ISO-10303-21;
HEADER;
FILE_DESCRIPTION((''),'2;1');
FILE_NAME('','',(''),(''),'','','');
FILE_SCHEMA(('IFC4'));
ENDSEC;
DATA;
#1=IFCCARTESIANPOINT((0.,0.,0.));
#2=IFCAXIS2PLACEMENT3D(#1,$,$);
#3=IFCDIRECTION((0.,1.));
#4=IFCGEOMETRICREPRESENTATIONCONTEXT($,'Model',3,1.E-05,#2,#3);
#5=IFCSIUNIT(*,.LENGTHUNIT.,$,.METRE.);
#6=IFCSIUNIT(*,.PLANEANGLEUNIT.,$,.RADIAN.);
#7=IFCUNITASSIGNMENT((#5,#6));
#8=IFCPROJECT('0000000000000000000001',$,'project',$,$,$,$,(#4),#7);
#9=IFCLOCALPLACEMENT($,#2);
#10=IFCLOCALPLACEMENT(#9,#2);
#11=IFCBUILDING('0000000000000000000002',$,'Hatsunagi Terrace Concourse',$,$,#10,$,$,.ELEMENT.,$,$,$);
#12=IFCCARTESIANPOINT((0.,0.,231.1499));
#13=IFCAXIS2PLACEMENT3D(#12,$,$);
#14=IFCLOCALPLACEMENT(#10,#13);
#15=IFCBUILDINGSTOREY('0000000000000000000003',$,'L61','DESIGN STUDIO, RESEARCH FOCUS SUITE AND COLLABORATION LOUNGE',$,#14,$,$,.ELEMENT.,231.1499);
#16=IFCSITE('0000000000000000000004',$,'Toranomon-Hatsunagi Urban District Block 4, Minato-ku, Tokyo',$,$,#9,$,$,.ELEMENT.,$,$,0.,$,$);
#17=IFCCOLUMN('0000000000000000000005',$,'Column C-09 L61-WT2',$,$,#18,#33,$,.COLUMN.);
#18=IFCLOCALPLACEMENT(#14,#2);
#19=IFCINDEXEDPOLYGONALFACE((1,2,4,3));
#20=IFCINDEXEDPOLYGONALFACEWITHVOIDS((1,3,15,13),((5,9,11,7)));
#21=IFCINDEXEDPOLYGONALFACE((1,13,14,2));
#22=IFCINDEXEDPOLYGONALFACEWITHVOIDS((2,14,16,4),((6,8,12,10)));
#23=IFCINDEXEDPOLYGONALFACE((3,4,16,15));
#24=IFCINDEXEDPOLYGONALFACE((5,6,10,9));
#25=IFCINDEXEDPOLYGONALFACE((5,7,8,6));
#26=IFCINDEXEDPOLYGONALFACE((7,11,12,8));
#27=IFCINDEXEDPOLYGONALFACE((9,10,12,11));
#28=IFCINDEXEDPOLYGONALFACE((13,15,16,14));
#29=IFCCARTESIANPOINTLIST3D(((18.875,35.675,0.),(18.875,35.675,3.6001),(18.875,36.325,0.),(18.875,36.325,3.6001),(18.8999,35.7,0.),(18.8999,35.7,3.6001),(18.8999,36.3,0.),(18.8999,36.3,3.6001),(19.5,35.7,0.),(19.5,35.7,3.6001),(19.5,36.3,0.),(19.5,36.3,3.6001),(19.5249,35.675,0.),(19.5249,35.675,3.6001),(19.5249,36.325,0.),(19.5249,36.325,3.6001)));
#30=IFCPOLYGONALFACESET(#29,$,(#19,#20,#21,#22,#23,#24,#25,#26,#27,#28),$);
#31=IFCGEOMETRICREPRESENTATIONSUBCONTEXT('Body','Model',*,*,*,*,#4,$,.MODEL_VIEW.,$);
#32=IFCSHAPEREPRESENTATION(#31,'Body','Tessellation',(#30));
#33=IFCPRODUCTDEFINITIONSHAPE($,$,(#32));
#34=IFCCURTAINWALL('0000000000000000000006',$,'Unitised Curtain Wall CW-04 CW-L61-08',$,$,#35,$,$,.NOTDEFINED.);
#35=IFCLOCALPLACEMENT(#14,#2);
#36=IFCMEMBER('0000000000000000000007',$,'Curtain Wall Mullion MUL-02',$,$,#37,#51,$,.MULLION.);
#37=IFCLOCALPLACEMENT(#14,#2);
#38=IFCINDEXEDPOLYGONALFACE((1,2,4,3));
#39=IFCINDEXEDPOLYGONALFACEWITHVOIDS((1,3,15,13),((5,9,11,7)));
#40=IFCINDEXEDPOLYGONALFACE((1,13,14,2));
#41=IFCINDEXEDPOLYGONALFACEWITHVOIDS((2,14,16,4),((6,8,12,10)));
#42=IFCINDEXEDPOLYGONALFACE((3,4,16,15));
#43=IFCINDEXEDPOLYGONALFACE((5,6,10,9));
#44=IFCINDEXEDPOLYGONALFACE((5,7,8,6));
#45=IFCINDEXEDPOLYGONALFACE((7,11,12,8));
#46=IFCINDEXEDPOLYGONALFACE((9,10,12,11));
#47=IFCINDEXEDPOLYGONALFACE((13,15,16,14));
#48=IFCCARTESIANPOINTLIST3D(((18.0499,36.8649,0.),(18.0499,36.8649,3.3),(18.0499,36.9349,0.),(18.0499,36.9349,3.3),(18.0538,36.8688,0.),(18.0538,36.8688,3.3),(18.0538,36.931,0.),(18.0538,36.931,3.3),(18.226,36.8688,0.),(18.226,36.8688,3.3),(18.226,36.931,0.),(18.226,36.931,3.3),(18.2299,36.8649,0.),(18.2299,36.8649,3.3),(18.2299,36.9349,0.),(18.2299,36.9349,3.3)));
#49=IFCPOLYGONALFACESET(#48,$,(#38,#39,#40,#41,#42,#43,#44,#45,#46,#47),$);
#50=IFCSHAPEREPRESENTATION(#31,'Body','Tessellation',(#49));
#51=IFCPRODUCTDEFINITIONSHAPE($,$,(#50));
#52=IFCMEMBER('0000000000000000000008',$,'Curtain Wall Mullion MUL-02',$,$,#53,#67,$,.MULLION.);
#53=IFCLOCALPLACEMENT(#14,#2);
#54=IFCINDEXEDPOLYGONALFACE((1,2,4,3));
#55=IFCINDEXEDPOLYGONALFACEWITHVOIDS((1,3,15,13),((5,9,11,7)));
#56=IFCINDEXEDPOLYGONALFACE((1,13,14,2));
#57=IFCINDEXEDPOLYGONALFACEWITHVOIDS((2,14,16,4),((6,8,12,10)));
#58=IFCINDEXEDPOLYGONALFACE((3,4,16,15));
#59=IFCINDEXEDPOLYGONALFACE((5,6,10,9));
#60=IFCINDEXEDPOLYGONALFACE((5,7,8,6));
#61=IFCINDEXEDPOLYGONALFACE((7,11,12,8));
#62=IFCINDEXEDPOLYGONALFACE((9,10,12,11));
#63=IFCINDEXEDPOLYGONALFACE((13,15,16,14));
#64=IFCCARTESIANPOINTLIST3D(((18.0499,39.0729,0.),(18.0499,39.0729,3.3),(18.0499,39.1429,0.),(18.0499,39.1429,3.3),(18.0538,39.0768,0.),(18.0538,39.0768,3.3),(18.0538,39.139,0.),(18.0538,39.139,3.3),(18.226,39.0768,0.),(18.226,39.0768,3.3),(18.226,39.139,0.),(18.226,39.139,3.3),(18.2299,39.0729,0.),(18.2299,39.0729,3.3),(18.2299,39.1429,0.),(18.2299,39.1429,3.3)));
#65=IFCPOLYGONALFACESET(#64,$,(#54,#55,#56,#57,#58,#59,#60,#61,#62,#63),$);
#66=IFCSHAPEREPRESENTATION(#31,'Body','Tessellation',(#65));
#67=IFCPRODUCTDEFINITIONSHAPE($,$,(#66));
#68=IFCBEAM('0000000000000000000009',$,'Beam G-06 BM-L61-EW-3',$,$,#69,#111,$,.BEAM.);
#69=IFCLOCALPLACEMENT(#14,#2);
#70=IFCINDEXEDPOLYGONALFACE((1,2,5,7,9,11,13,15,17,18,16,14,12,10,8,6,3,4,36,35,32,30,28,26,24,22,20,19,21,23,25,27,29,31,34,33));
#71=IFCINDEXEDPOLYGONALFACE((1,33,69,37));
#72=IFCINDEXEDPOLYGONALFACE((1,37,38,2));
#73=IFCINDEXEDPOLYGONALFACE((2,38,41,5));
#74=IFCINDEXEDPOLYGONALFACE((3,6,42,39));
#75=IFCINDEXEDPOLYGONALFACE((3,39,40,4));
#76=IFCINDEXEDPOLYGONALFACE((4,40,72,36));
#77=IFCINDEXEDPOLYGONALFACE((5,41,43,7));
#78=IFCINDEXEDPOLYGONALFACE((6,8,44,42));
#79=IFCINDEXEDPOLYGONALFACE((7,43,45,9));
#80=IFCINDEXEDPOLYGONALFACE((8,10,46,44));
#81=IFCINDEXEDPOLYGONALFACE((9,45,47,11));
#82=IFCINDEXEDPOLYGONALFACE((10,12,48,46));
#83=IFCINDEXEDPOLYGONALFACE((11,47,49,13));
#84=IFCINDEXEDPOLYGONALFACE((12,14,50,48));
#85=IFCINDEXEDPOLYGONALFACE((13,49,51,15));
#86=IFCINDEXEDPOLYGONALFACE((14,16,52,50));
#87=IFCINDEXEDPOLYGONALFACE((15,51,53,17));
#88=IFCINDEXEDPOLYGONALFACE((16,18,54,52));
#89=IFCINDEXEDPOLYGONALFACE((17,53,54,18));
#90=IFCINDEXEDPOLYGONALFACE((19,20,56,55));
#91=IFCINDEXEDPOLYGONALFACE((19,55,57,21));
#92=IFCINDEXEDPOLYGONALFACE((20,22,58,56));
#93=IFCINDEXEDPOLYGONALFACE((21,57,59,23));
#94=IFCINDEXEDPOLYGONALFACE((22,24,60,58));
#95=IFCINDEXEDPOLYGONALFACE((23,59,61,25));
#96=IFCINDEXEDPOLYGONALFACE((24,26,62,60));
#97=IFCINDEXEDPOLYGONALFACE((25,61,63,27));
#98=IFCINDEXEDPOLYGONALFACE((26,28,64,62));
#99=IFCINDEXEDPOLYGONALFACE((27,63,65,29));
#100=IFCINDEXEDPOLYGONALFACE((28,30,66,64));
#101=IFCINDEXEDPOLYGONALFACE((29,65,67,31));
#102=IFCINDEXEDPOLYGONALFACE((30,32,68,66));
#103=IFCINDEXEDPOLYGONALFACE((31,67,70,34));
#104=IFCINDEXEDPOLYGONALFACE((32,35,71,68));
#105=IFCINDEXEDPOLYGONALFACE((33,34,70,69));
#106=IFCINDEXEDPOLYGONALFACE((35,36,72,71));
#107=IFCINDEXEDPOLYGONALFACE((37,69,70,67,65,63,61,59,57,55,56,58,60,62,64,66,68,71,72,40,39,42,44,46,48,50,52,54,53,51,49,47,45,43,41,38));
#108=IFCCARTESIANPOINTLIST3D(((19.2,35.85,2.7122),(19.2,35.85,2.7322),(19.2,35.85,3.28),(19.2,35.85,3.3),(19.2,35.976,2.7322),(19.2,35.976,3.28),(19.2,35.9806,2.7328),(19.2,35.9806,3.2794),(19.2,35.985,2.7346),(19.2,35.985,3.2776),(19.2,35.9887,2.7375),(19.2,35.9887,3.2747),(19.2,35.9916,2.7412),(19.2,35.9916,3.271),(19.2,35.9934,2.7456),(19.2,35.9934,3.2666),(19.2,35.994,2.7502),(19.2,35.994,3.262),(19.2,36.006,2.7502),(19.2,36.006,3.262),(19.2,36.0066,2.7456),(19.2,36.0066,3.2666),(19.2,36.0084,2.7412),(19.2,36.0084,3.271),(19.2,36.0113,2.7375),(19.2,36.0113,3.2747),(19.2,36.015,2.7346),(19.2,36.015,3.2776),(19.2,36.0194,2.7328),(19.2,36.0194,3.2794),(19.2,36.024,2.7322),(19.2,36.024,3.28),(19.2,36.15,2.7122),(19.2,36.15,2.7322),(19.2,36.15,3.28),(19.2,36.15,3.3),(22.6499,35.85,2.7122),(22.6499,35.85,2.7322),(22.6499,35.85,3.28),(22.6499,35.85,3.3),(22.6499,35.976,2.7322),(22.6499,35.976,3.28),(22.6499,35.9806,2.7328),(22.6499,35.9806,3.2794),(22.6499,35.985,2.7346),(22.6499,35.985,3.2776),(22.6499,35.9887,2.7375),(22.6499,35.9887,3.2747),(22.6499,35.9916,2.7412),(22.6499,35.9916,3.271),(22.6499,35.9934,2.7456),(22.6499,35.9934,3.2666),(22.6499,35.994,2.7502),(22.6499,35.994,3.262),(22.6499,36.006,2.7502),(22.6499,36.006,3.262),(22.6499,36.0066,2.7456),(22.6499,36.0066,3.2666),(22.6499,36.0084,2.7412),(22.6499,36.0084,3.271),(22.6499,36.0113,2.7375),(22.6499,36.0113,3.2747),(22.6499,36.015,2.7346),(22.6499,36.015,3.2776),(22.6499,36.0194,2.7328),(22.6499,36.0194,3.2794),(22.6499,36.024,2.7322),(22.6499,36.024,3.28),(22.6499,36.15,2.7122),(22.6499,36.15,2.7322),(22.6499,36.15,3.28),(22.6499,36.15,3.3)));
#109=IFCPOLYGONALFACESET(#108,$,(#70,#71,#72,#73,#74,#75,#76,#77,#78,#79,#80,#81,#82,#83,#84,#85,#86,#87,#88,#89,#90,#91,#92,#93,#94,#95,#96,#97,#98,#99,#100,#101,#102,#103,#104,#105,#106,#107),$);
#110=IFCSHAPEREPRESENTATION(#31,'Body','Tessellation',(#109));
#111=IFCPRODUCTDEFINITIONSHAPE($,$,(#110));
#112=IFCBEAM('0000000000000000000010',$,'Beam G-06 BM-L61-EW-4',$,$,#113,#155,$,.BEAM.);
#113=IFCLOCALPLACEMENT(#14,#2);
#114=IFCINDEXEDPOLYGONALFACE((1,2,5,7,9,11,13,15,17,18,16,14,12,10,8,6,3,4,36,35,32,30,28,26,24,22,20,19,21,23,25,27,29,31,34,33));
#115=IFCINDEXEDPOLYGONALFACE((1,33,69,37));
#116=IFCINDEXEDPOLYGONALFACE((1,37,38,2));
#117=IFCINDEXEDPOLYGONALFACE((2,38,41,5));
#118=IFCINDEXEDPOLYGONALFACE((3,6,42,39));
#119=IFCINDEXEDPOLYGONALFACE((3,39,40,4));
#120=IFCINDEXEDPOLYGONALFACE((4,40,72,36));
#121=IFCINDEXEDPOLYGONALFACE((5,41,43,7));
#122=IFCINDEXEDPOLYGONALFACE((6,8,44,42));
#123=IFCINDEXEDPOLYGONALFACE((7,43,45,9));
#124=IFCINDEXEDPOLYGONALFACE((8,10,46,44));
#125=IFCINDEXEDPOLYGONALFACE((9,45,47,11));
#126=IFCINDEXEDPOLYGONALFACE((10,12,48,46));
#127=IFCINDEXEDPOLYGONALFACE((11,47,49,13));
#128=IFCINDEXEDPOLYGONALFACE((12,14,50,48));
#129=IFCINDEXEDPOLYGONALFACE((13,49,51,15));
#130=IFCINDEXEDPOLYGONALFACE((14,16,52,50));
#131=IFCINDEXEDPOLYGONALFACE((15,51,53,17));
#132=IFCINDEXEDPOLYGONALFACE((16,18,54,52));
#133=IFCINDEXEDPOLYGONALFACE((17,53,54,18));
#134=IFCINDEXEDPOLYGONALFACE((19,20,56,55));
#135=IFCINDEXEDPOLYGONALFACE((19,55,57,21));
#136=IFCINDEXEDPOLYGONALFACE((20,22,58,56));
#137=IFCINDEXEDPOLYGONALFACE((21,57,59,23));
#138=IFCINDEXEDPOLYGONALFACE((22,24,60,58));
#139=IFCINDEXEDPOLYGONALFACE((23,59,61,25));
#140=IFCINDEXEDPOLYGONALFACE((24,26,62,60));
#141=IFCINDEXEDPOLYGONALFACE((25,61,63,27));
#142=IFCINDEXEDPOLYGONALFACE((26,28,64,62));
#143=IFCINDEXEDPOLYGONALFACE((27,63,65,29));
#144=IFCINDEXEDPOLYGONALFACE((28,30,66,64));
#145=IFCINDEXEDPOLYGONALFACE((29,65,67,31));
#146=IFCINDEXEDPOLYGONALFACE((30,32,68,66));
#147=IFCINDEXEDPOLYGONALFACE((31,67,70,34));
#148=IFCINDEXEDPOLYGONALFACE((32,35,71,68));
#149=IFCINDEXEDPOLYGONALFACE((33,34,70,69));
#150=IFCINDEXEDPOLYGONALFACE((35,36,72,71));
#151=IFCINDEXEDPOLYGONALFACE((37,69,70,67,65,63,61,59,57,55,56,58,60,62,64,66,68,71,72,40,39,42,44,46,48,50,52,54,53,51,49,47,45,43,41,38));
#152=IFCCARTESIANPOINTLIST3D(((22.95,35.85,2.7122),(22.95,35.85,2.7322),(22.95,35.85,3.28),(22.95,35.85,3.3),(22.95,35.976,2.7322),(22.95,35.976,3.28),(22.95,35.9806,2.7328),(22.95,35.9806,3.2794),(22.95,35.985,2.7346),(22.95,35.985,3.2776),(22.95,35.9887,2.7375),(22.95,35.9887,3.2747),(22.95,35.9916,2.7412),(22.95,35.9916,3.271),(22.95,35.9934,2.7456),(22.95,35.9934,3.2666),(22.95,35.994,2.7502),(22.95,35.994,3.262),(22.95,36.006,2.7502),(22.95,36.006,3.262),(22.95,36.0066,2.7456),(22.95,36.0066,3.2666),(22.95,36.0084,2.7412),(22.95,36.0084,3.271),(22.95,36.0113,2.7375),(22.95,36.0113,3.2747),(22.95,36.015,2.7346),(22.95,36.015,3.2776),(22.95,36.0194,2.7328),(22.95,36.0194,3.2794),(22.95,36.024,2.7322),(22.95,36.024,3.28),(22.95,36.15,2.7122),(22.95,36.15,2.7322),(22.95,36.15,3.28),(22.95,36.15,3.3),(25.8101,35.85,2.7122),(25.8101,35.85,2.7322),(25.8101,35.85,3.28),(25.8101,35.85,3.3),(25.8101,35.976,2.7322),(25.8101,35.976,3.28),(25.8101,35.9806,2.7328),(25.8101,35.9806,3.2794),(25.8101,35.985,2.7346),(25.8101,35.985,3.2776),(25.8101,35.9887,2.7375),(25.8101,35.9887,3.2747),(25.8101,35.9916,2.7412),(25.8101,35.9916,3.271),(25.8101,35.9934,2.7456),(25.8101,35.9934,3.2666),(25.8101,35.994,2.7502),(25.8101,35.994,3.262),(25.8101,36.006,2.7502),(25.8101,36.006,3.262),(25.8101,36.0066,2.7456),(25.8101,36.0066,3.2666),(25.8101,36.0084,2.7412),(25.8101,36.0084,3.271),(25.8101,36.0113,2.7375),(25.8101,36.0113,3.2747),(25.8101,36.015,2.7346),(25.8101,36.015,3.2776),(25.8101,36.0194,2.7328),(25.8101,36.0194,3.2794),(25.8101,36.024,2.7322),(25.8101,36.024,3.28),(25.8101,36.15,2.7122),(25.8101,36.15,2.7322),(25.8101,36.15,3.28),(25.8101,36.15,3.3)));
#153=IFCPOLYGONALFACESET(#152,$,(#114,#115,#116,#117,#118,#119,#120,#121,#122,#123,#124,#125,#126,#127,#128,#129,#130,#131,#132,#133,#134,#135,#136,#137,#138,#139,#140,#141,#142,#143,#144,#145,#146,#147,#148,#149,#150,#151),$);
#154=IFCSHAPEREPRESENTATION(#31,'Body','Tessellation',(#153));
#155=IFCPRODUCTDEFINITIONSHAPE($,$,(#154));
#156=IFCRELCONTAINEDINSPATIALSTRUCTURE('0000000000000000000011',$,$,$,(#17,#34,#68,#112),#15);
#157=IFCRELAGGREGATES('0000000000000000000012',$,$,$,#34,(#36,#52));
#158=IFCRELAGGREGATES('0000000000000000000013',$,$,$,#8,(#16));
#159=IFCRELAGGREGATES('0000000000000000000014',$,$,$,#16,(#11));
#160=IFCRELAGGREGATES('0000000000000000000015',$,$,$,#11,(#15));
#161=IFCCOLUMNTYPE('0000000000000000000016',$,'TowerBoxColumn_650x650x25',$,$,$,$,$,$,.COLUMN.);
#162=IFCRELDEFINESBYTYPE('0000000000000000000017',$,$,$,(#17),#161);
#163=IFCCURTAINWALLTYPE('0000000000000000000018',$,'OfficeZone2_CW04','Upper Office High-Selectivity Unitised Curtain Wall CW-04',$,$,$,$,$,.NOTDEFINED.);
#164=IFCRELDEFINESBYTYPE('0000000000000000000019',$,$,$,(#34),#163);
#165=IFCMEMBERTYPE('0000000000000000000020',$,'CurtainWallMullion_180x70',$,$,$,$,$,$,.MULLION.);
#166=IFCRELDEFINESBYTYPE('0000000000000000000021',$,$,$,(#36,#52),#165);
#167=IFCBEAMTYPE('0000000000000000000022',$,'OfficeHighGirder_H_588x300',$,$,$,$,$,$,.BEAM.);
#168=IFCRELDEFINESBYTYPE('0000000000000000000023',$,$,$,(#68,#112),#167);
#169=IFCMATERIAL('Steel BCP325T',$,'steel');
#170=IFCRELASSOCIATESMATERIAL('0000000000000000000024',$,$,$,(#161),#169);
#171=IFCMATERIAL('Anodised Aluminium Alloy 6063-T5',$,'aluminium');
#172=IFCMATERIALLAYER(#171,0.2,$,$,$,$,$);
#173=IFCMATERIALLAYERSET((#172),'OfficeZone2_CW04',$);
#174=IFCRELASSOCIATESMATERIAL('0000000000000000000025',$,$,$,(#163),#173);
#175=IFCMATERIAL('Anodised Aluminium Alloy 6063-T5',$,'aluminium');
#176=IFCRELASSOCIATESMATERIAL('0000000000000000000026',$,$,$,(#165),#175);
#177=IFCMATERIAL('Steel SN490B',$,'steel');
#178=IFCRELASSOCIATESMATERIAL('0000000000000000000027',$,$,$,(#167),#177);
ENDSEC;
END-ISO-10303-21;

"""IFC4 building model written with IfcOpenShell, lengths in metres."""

from ifc_helpers import new_model, si_unit, direction, frame, origin, origin_2d, place, context, subcontext, project, spatial, hollow_rectangle, i_section, extrude, material, layer, layer_set, material_profile, profile_set, type_object, element, aggregate, save


model = new_model("IFC4")

# Units and contexts
model_context = context("Model", 3, precision=1e-05, world=origin(), true_north=direction((0.0, 1.0)))
body_context = subcontext(model_context, "Body", "Model", "MODEL_VIEW")
ifc_project = project(units=[si_unit("LENGTHUNIT", "METRE"), si_unit("PLANEANGLEUNIT", "RADIAN")], contexts=[model_context])

# Site, building, storey
site_placement = place(None, origin())
site = spatial("IfcSite", under=ifc_project, at=site_placement, Name="Toranomon-Hatsunagi Urban District Block 4, Minato-ku, Tokyo", CompositionType="ELEMENT", RefElevation=0.0)
building_placement = place(site_placement, origin())
building = spatial("IfcBuilding", under=site, at=building_placement, Name="Hatsunagi Terrace Concourse", CompositionType="ELEMENT")
storey_placement = place(building_placement, frame((0.0, 0.0, 231.1499)))
storey = spatial("IfcBuildingStorey", under=building, at=storey_placement, Name="L61", Description="DESIGN STUDIO, RESEARCH FOCUS SUITE AND COLLABORATION LOUNGE", CompositionType="ELEMENT", Elevation=231.1499)

# Column
ifc_material_1 = material(Name="Steel BCP325T", Category="steel")
ifc_material_profile_1 = material_profile(ifc_material_1, hollow_rectangle(XDim=0.6499, YDim=0.6499, WallThickness=0.0249, at=origin_2d()), Name="BCP-650x650x25")
ifc_profile_set_1 = profile_set([ifc_material_profile_1], Name="Steel BCP325T")
column_type = type_object("IfcColumnType", Name="TowerBoxColumn_650x650x25", PredefinedType="COLUMN", material=ifc_profile_set_1)
column_placement = place(storey_placement, frame((19.2, 36.0, 0.0), z_axis=(0.0, 0.0, 1.0), x_axis=(1.0, 0.0, 0.0)))
element("IfcColumn", 1, at=column_placement, inside=storey, type_object=column_type, Name="Column C-09 L61-WT2", PredefinedType="COLUMN", context=body_context, shape_type="SweptSolid", body=[
    extrude(hollow_rectangle(XDim=0.6499, YDim=0.6499, WallThickness=0.0249, at=origin_2d()), origin(), (0.0, 0.0, 1.0), 3.6001),
])

# Curtain wall, members
ifc_material_2 = material(Name="Anodised Aluminium Alloy 6063-T5", Category="aluminium")
ifc_layer_1 = layer(ifc_material_2, 0.2)
ifc_layer_set_1 = layer_set([ifc_layer_1], Name="OfficeZone2_CW04")
curtain_wall_type = type_object("IfcCurtainWallType", Name="OfficeZone2_CW04", Description="Upper Office High-Selectivity Unitised Curtain Wall CW-04", PredefinedType="NOTDEFINED", material=ifc_layer_set_1)
curtain_wall_placement = place(storey_placement, origin())
curtain_wall = element("IfcCurtainWall", 2, at=curtain_wall_placement, inside=storey, type_object=curtain_wall_type, Name="Unitised Curtain Wall CW-04 CW-L61-08", PredefinedType="NOTDEFINED")
ifc_material_3 = material(Name="Anodised Aluminium Alloy 6063-T5", Category="aluminium")
ifc_material_profile_2 = material_profile(ifc_material_3, hollow_rectangle(XDim=0.0701, YDim=0.1799, WallThickness=0.0039, at=origin_2d()), Name="ALU-MUL-180x70x4")
ifc_profile_set_2 = profile_set([ifc_material_profile_2], Name="Anodised Aluminium Alloy 6063-T5")
member_type = type_object("IfcMemberType", Name="CurtainWallMullion_180x70", PredefinedType="MULLION", material=ifc_profile_set_2)
member_1_placement = place(storey_placement, frame((18.1399, 36.8999, 0.0), z_axis=(0.0, 0.0, 1.0), x_axis=(0.0, 1.0, 0.0)))
member_1 = element("IfcMember", 3, at=member_1_placement, type_object=member_type, Name="Curtain Wall Mullion MUL-02", PredefinedType="MULLION", context=body_context, shape_type="SweptSolid", body=[
    extrude(hollow_rectangle(XDim=0.0701, YDim=0.1799, WallThickness=0.0039, at=origin_2d()), origin(), (0.0, 0.0, 1.0), 3.3),
])
member_2_placement = place(storey_placement, frame((18.1399, 39.1079, 0.0), z_axis=(0.0, 0.0, 1.0), x_axis=(0.0, 1.0, 0.0)))
member_2 = element("IfcMember", 4, at=member_2_placement, type_object=member_type, Name="Curtain Wall Mullion MUL-02", PredefinedType="MULLION", context=body_context, shape_type="SweptSolid", body=[
    extrude(hollow_rectangle(XDim=0.0701, YDim=0.1799, WallThickness=0.0039, at=origin_2d()), origin(), (0.0, 0.0, 1.0), 3.3),
])

# Beams
ifc_material_4 = material(Name="Steel SN490B", Category="steel")
ifc_material_profile_3 = material_profile(ifc_material_4, i_section(OverallWidth=0.3, OverallDepth=0.5879, WebThickness=0.012, FlangeThickness=0.02, FilletRadius=0.0181, at=origin_2d()), Name="H-588x300x12x20")
ifc_profile_set_3 = profile_set([ifc_material_profile_3], Name="Steel SN490B")
beam_type_1 = type_object("IfcBeamType", Name="OfficeHighGirder_H_588x300", PredefinedType="BEAM", material=ifc_profile_set_3)
beam_1_placement = place(storey_placement, frame((19.2, 36.0, 3.0061), z_axis=(1.0, 0.0, 0.0), x_axis=(0.0, 1.0, 0.0)))
element("IfcBeam", 5, at=beam_1_placement, inside=storey, type_object=beam_type_1, Name="Beam G-06 BM-L61-EW-3", PredefinedType="BEAM", context=body_context, shape_type="SweptSolid", body=[
    extrude(i_section(OverallWidth=0.3, OverallDepth=0.5879, WebThickness=0.012, FlangeThickness=0.02, FilletRadius=0.0181, at=origin_2d()), origin(), (0.0, 0.0, 1.0), 3.45),
])
beam_2_placement = place(storey_placement, frame((22.95, 36.0, 3.0061), z_axis=(1.0, 0.0, 0.0), x_axis=(0.0, 1.0, 0.0)))
element("IfcBeam", 6, at=beam_2_placement, inside=storey, type_object=beam_type_1, Name="Beam G-06 BM-L61-EW-4", PredefinedType="BEAM", context=body_context, shape_type="SweptSolid", body=[
    extrude(i_section(OverallWidth=0.3, OverallDepth=0.5879, WebThickness=0.012, FlangeThickness=0.02, FilletRadius=0.0181, at=origin_2d()), origin(), (0.0, 0.0, 1.0), 2.8601),
])

aggregate(curtain_wall, [member_1, member_2])

save(model, "model.ifc")
